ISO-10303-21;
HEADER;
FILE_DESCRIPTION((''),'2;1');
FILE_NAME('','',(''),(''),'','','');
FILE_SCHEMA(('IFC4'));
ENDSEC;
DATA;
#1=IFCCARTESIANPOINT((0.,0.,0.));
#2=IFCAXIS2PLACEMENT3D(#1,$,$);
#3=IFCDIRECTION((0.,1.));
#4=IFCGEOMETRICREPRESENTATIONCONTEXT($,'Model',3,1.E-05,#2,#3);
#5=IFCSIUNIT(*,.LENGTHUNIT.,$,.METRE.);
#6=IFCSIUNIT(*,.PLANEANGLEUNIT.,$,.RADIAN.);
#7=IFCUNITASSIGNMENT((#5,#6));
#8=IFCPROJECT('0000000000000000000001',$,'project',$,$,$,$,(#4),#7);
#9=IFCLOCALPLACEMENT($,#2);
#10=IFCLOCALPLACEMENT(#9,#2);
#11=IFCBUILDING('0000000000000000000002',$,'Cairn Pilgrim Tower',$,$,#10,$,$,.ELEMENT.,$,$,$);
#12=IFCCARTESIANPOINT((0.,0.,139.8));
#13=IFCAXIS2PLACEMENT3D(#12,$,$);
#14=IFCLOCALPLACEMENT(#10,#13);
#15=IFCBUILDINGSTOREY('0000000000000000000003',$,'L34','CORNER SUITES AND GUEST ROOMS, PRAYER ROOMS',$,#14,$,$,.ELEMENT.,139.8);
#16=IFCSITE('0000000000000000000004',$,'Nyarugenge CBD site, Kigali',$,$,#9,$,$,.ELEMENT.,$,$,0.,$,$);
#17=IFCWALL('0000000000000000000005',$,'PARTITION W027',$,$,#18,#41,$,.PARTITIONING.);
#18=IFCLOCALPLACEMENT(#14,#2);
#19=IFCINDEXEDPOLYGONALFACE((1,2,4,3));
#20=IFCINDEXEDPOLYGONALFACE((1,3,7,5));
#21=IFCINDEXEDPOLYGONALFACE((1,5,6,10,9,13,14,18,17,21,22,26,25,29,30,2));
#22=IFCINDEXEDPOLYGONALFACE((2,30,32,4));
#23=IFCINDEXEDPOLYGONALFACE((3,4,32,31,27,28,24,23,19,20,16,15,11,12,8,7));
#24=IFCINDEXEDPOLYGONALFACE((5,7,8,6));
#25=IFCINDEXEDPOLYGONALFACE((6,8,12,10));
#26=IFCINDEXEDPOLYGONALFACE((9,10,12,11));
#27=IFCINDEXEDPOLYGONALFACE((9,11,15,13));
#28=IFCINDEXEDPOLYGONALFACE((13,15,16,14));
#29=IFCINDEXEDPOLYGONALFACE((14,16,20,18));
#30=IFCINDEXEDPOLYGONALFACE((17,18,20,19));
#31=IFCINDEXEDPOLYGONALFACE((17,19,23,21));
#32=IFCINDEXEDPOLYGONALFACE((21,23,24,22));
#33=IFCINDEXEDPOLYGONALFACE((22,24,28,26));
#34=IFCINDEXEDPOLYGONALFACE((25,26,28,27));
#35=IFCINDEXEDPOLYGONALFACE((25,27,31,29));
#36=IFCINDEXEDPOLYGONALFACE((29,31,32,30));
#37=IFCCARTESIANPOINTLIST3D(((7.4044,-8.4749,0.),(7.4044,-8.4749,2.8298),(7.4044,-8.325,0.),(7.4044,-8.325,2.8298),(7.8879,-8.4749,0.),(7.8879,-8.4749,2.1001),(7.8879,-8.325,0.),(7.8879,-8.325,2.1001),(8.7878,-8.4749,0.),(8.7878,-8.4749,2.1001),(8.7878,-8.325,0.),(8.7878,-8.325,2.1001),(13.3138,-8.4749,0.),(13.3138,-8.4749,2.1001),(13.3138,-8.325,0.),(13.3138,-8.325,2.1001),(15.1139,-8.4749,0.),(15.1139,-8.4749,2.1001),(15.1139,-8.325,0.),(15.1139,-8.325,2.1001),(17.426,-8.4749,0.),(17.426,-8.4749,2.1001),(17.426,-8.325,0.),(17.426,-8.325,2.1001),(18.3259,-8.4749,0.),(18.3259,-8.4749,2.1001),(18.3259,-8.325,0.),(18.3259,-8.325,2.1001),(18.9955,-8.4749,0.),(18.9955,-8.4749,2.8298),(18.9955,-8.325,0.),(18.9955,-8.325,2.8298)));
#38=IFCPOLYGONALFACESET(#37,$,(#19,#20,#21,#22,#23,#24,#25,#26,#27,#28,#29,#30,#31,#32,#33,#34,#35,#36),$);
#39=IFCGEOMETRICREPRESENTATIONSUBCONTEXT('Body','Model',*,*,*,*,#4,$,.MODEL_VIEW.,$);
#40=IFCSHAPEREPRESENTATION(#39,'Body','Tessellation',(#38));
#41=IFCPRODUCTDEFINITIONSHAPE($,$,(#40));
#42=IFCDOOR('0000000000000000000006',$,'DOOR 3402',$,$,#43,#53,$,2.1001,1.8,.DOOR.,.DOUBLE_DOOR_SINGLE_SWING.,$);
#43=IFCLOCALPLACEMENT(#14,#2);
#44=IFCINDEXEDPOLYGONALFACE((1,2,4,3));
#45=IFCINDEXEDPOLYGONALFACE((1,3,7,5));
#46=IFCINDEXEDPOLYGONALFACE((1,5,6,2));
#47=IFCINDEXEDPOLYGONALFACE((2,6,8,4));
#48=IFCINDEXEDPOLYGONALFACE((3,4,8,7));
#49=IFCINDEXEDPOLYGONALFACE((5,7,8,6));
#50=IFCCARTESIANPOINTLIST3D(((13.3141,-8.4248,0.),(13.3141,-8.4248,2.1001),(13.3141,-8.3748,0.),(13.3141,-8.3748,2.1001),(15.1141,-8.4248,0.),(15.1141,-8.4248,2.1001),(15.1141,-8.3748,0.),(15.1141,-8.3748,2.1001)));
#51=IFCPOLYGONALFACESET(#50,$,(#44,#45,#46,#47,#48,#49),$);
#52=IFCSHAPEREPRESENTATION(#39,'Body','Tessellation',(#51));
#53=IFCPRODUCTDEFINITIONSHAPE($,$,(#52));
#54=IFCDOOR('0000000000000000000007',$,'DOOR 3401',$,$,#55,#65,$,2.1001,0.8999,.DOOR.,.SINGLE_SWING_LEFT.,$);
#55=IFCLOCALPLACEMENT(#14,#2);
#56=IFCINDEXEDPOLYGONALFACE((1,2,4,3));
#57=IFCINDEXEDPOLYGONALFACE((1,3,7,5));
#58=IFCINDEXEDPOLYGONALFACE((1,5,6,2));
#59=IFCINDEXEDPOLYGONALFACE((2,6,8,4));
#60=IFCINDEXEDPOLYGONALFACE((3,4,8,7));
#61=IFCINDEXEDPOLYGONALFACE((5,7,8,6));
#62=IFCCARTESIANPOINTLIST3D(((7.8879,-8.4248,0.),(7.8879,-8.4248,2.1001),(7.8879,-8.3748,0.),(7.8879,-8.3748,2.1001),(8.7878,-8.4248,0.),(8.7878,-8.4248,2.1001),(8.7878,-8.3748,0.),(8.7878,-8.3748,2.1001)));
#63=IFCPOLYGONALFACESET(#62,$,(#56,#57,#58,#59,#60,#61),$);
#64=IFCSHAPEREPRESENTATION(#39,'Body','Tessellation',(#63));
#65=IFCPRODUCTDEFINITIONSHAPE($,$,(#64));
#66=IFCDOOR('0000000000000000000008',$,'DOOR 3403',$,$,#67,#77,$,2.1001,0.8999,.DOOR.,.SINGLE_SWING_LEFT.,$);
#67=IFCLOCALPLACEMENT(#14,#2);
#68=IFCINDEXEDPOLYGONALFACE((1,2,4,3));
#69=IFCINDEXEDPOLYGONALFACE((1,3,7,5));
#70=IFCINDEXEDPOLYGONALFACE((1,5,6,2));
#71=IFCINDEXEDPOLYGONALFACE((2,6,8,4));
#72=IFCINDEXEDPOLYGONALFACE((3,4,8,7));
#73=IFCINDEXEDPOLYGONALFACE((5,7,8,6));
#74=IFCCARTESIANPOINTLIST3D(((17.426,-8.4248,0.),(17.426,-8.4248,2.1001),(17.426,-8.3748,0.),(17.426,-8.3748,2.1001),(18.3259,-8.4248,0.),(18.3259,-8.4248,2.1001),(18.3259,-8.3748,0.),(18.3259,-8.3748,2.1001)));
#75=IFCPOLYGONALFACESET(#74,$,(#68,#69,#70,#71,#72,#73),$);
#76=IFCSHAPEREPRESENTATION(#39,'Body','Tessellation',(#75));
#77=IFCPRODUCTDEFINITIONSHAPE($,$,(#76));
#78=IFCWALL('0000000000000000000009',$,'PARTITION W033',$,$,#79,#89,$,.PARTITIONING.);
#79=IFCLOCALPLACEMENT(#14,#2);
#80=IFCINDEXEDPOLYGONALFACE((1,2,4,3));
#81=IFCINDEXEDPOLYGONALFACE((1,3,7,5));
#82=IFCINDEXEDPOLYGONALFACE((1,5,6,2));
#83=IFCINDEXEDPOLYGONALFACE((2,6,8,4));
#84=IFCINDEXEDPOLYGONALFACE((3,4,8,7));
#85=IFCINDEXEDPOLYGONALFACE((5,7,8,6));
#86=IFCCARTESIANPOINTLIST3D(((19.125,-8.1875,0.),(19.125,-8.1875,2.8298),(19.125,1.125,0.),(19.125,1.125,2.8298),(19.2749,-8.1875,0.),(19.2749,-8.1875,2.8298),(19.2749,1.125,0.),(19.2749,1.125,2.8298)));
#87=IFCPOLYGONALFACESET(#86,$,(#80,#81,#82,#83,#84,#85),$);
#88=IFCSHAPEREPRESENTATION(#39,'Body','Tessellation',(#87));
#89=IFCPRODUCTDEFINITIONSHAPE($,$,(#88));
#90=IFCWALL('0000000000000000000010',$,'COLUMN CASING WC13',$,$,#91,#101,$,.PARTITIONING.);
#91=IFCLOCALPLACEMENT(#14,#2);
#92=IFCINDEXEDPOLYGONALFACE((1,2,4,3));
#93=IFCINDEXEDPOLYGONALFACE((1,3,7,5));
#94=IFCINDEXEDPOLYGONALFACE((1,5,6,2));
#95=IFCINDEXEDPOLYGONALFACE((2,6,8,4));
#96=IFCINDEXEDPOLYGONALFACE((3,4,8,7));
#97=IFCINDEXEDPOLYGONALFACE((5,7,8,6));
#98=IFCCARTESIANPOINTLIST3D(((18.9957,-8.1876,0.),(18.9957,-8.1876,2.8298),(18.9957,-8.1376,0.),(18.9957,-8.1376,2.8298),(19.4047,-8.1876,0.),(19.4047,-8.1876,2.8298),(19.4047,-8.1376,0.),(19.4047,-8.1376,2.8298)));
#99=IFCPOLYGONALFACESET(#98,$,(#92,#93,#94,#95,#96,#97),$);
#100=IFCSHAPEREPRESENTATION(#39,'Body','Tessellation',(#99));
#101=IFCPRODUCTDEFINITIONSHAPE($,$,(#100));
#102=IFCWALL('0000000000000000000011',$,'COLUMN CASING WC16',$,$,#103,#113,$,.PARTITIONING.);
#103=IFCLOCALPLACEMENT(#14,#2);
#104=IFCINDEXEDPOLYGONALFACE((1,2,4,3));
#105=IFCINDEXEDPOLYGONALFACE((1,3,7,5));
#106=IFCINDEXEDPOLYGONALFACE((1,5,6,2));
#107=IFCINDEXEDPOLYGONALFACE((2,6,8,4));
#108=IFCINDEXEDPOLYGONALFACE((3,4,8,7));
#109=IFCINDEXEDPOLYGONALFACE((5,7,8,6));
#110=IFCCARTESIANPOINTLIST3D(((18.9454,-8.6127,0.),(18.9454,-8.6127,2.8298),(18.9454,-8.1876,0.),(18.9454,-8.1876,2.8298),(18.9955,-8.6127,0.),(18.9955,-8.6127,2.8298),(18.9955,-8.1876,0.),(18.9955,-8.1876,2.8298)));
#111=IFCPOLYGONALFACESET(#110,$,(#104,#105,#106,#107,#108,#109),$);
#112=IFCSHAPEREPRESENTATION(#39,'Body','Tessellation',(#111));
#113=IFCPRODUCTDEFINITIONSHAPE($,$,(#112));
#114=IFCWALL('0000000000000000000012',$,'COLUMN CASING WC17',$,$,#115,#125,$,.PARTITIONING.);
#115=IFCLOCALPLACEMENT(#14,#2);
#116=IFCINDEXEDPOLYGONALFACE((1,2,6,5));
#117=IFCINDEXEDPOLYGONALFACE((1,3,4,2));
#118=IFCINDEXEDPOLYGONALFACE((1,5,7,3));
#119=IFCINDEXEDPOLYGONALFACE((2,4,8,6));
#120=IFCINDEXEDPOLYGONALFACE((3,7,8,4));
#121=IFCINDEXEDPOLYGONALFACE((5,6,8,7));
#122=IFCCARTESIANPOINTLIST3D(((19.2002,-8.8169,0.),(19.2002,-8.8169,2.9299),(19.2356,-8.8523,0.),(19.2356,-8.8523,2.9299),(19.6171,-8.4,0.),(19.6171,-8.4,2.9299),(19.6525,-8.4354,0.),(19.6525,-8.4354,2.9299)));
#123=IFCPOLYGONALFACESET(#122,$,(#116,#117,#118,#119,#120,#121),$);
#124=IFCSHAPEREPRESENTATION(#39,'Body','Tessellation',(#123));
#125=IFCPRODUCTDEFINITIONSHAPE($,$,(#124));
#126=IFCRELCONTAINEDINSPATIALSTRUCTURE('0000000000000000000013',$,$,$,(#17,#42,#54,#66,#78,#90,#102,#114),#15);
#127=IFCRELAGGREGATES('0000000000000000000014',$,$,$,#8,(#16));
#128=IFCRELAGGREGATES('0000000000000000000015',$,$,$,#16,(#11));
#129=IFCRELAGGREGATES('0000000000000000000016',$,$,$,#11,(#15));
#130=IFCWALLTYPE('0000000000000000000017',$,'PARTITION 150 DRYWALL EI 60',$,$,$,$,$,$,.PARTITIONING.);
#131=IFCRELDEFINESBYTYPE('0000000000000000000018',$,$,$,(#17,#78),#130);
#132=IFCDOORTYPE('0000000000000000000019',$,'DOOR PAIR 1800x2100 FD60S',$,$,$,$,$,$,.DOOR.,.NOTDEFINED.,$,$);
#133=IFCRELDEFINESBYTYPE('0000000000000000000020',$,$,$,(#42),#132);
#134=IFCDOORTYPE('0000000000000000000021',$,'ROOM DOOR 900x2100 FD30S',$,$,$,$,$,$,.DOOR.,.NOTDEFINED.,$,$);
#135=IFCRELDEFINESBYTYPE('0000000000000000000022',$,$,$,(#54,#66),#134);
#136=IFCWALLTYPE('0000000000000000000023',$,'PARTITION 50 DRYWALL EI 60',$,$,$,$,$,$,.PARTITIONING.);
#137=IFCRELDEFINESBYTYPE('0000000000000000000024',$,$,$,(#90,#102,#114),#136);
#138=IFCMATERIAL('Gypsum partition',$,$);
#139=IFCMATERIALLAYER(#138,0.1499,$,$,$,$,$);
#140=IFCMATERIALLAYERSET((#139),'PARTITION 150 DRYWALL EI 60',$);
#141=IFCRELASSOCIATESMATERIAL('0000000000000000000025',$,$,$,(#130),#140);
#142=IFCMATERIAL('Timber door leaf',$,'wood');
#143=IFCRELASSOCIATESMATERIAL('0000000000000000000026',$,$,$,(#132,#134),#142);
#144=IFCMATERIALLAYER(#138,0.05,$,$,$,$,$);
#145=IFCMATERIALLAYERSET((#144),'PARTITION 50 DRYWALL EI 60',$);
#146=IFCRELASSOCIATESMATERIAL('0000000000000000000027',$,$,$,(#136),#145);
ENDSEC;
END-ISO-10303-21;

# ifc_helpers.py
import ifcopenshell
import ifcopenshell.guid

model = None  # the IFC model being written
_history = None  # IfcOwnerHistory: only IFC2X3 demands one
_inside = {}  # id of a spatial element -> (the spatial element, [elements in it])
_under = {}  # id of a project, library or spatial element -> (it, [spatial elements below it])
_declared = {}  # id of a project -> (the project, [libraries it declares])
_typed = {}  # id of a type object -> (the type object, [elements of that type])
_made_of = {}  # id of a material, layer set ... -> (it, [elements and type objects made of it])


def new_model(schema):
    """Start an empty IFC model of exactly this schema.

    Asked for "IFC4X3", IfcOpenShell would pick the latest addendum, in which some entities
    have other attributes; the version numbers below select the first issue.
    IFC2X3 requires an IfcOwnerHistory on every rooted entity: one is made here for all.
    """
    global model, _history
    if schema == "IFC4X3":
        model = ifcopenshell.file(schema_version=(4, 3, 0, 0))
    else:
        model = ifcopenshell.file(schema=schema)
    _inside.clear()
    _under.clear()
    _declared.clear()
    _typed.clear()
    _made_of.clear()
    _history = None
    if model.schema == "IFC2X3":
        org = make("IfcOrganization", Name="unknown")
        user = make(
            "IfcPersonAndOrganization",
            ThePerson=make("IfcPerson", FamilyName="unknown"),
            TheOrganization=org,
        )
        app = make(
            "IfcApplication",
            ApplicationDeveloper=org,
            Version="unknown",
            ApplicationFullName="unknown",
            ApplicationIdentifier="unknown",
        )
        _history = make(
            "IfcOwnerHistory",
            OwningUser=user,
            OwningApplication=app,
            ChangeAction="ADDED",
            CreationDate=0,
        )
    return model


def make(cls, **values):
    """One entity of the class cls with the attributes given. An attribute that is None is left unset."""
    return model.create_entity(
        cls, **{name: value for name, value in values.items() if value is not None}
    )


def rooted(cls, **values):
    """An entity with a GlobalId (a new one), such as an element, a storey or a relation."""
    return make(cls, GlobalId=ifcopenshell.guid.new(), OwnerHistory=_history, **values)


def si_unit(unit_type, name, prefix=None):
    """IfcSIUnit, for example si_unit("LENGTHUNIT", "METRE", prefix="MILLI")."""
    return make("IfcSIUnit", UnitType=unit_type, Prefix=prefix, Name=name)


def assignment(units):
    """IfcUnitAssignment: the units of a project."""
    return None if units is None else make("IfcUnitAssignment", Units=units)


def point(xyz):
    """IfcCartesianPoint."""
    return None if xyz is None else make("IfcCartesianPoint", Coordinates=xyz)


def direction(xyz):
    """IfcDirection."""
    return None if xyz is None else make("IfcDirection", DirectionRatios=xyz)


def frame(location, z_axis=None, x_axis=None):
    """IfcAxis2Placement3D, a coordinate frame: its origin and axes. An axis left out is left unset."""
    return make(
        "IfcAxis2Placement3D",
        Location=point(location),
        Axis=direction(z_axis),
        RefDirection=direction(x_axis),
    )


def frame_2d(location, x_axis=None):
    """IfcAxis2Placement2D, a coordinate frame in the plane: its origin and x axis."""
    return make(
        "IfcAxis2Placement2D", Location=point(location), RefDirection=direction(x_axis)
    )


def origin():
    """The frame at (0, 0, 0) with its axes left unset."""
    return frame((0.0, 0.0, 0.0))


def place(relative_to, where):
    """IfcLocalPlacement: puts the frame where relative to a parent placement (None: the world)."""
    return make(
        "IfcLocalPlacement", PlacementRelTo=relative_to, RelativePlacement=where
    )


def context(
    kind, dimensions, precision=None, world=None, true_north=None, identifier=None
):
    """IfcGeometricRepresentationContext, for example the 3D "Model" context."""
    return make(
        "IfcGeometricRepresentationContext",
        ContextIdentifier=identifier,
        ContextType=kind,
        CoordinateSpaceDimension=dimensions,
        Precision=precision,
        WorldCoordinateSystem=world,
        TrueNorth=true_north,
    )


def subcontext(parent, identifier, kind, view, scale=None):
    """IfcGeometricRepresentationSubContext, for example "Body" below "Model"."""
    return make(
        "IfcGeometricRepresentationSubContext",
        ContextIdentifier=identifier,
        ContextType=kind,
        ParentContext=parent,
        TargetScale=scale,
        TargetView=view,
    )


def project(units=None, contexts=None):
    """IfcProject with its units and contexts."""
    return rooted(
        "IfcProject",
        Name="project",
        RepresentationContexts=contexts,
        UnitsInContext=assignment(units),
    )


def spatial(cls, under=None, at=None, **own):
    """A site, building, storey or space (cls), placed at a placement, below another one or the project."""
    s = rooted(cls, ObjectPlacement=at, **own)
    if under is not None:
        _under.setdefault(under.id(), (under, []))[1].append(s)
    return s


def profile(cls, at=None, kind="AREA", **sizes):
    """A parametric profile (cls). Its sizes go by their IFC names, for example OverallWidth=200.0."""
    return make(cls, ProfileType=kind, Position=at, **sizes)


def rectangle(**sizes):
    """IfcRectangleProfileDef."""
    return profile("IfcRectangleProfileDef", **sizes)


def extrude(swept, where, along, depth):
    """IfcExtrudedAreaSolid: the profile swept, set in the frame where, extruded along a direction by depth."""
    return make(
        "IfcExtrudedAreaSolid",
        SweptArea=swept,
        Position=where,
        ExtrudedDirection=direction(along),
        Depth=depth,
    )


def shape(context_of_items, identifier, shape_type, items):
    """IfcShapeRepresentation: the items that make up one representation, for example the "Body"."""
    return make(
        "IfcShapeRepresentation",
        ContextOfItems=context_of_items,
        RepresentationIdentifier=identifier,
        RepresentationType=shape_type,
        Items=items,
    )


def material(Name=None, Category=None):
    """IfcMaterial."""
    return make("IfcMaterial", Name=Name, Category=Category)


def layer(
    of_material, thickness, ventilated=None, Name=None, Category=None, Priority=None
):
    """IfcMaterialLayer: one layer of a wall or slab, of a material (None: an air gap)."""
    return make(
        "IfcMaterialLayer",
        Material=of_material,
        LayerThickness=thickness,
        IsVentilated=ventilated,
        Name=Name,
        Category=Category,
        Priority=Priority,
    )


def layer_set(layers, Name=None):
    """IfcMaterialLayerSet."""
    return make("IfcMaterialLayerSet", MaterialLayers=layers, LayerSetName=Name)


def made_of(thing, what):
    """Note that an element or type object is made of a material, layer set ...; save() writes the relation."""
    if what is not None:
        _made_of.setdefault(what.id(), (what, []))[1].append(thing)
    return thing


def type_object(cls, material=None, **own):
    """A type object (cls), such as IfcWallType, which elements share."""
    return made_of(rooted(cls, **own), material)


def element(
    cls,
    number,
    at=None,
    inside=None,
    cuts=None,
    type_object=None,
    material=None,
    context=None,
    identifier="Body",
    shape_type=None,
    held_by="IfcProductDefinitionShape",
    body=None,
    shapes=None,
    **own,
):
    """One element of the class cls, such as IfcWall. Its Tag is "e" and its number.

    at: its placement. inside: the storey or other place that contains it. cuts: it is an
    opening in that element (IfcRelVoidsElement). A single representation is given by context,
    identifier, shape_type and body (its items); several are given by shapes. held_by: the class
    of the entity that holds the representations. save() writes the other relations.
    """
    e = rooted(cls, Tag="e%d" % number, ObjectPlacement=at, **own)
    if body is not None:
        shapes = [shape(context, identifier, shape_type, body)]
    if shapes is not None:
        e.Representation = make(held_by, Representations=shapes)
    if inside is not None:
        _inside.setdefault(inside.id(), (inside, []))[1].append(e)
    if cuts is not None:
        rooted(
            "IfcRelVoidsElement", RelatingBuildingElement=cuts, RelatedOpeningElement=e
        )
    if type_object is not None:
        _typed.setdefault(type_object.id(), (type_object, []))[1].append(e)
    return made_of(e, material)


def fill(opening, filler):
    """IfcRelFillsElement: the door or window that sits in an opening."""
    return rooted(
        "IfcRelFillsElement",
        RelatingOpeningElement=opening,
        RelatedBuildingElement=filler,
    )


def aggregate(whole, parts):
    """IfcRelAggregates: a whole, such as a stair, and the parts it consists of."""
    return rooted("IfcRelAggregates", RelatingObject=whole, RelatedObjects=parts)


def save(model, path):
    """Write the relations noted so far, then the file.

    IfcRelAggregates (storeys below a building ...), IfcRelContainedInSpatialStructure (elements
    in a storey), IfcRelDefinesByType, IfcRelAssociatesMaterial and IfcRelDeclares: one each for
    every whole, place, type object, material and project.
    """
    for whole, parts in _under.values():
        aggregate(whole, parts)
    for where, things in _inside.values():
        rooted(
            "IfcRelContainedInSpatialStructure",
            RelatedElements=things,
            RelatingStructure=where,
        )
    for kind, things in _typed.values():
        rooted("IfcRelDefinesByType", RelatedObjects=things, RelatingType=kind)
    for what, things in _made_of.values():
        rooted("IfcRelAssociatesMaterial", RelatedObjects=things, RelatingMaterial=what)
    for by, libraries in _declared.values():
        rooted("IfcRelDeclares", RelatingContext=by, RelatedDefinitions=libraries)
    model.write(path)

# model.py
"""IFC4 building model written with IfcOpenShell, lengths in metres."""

from ifc_helpers import new_model, si_unit, direction, frame, frame_2d, origin, place, context, subcontext, project, spatial, rectangle, extrude, material, layer, layer_set, type_object, element, fill, save


model = new_model("IFC4")

# Units and contexts
model_context = context("Model", 3, precision=1e-05, world=origin(), true_north=direction((0.0, 1.0)))
body_context = subcontext(model_context, "Body", "Model", "MODEL_VIEW")
ifc_project = project(units=[si_unit("LENGTHUNIT", "METRE"), si_unit("PLANEANGLEUNIT", "RADIAN")], contexts=[model_context])

# Site, building, storey
site_placement = place(None, origin())
site = spatial("IfcSite", under=ifc_project, at=site_placement, Name="Nyarugenge CBD site, Kigali", CompositionType="ELEMENT", RefElevation=0.0)
building_placement = place(site_placement, origin())
building = spatial("IfcBuilding", under=site, at=building_placement, Name="Cairn Pilgrim Tower", CompositionType="ELEMENT")
storey_placement = place(building_placement, frame((0.0, 0.0, 139.8)))
storey = spatial("IfcBuildingStorey", under=building, at=storey_placement, Name="L34", Description="CORNER SUITES AND GUEST ROOMS, PRAYER ROOMS", CompositionType="ELEMENT", Elevation=139.8)

# Shared definitions
ifc_material_1 = material(Name="Gypsum partition")
ifc_material_2 = material(Name="Timber door leaf", Category="wood")

# Wall, openings, doors
ifc_layer_1 = layer(ifc_material_1, 0.1499)
ifc_layer_set_1 = layer_set([ifc_layer_1], Name="PARTITION 150 DRYWALL EI 60")
wall_type_1 = type_object("IfcWallType", Name="PARTITION 150 DRYWALL EI 60", PredefinedType="PARTITIONING", material=ifc_layer_set_1)
wall_1_placement = place(storey_placement, frame((7.4045, -8.3999, 0.0), z_axis=(0.0, 0.0, 1.0), x_axis=(1.0, 0.0, 0.0)))
wall_1 = element("IfcWall", 1, at=wall_1_placement, inside=storey, type_object=wall_type_1, Name="PARTITION W027", PredefinedType="PARTITIONING", context=body_context, shape_type="SweptSolid", body=[
    extrude(rectangle(XDim=11.5911, YDim=0.1499, at=frame_2d((5.7954, 0.0))), origin(), (0.0, 0.0, 1.0), 2.8298),
])
opening_1_placement = place(wall_1_placement, frame((0.4834, 0.0, 0.0)))
opening_1 = element("IfcOpeningElement", 2, at=opening_1_placement, cuts=wall_1, PredefinedType="OPENING", context=body_context, shape_type="SweptSolid", body=[
    extrude(rectangle(XDim=0.8999, YDim=2.1001, at=frame_2d((0.45, 1.05))), frame((0.0, 0.085, 0.0), z_axis=(0.0, -1.0, 0.0), x_axis=(1.0, 0.0, 0.0)), (0.0, 0.0, 1.0), 0.1699),
])
opening_2_placement = place(wall_1_placement, frame((5.9094, 0.0, 0.0)))
opening_2 = element("IfcOpeningElement", 3, at=opening_2_placement, cuts=wall_1, PredefinedType="OPENING", context=body_context, shape_type="SweptSolid", body=[
    extrude(rectangle(XDim=1.8, YDim=2.1001, at=frame_2d((0.8999, 1.05))), frame((0.0, 0.085, 0.0), z_axis=(0.0, -1.0, 0.0), x_axis=(1.0, 0.0, 0.0)), (0.0, 0.0, 1.0), 0.1699),
])
opening_3_placement = place(wall_1_placement, frame((10.0215, 0.0, 0.0)))
opening_3 = element("IfcOpeningElement", 4, at=opening_3_placement, cuts=wall_1, PredefinedType="OPENING", context=body_context, shape_type="SweptSolid", body=[
    extrude(rectangle(XDim=0.8999, YDim=2.1001, at=frame_2d((0.45, 1.05))), frame((0.0, 0.085, 0.0), z_axis=(0.0, -1.0, 0.0), x_axis=(1.0, 0.0, 0.0)), (0.0, 0.0, 1.0), 0.1699),
])
door_type_1 = type_object("IfcDoorType", Name="DOOR PAIR 1800x2100 FD60S", OperationType="NOTDEFINED", PredefinedType="DOOR", material=ifc_material_2)
door_1_placement = place(opening_2_placement, frame((1.8, 0.0, 0.0), z_axis=(0.0, 0.0, 1.0), x_axis=(-1.0, 0.0, 0.0)))
door_1 = element("IfcDoor", 5, at=door_1_placement, inside=storey, type_object=door_type_1, Name="DOOR 3402", OperationType="DOUBLE_DOOR_SINGLE_SWING", OverallHeight=2.1001, OverallWidth=1.8, PredefinedType="DOOR", context=body_context, shape_type="SweptSolid", body=[
    extrude(rectangle(XDim=1.8, YDim=2.1001, at=frame_2d((0.8999, 1.05))), frame((0.0, 0.0249, 0.0), z_axis=(0.0, -1.0, 0.0), x_axis=(1.0, 0.0, 0.0)), (0.0, 0.0, 1.0), 0.05),
])
fill(opening_2, door_1)
door_type_2 = type_object("IfcDoorType", Name="ROOM DOOR 900x2100 FD30S", OperationType="NOTDEFINED", PredefinedType="DOOR", material=ifc_material_2)
door_2_placement = place(opening_1_placement, frame((0.8999, 0.0, 0.0), z_axis=(0.0, 0.0, 1.0), x_axis=(-1.0, 0.0, 0.0)))
door_2 = element("IfcDoor", 6, at=door_2_placement, inside=storey, type_object=door_type_2, Name="DOOR 3401", OperationType="SINGLE_SWING_LEFT", OverallHeight=2.1001, OverallWidth=0.8999, PredefinedType="DOOR", context=body_context, shape_type="SweptSolid", body=[
    extrude(rectangle(XDim=0.8999, YDim=2.1001, at=frame_2d((0.45, 1.05))), frame((0.0, 0.0249, 0.0), z_axis=(0.0, -1.0, 0.0), x_axis=(1.0, 0.0, 0.0)), (0.0, 0.0, 1.0), 0.05),
])
fill(opening_1, door_2)
door_3_placement = place(opening_3_placement, frame((0.8999, 0.0, 0.0), z_axis=(0.0, 0.0, 1.0), x_axis=(-1.0, 0.0, 0.0)))
door_3 = element("IfcDoor", 7, at=door_3_placement, inside=storey, type_object=door_type_2, Name="DOOR 3403", OperationType="SINGLE_SWING_LEFT", OverallHeight=2.1001, OverallWidth=0.8999, PredefinedType="DOOR", context=body_context, shape_type="SweptSolid", body=[
    extrude(rectangle(XDim=0.8999, YDim=2.1001, at=frame_2d((0.45, 1.05))), frame((0.0, 0.0249, 0.0), z_axis=(0.0, -1.0, 0.0), x_axis=(1.0, 0.0, 0.0)), (0.0, 0.0, 1.0), 0.05),
])
fill(opening_3, door_3)

# Walls
wall_2_placement = place(storey_placement, frame((19.2, -8.1875, 0.0), z_axis=(0.0, 0.0, 1.0), x_axis=(0.0, 1.0, 0.0)))
element("IfcWall", 8, at=wall_2_placement, inside=storey, type_object=wall_type_1, Name="PARTITION W033", PredefinedType="PARTITIONING", context=body_context, shape_type="SweptSolid", body=[
    extrude(rectangle(XDim=9.3125, YDim=0.1499, at=frame_2d((4.6562, 0.0))), origin(), (0.0, 0.0, 1.0), 2.8298),
])
ifc_layer_2 = layer(ifc_material_1, 0.05)
ifc_layer_set_2 = layer_set([ifc_layer_2], Name="PARTITION 50 DRYWALL EI 60")
wall_type_2 = type_object("IfcWallType", Name="PARTITION 50 DRYWALL EI 60", PredefinedType="PARTITIONING", material=ifc_layer_set_2)
wall_3_placement = place(storey_placement, frame((18.9956, -8.1626, 0.0), z_axis=(0.0, 0.0, 1.0), x_axis=(1.0, 0.0, 0.0)))
element("IfcWall", 9, at=wall_3_placement, inside=storey, type_object=wall_type_2, Name="COLUMN CASING WC13", PredefinedType="PARTITIONING", context=body_context, shape_type="SweptSolid", body=[
    extrude(rectangle(XDim=0.4089, YDim=0.05, at=frame_2d((0.2046, 0.0))), origin(), (0.0, 0.0, 1.0), 2.8298),
])
wall_4_placement = place(storey_placement, frame((18.9705, -8.6125, 0.0), z_axis=(0.0, 0.0, 1.0), x_axis=(0.0, 1.0, 0.0)))
element("IfcWall", 10, at=wall_4_placement, inside=storey, type_object=wall_type_2, Name="COLUMN CASING WC16", PredefinedType="PARTITIONING", context=body_context, shape_type="SweptSolid", body=[
    extrude(rectangle(XDim=0.425, YDim=0.05, at=frame_2d((0.2124, 0.0))), origin(), (0.0, 0.0, 1.0), 2.8298),
])
wall_5_placement = place(storey_placement, frame((19.2178, -8.8347, 0.0), z_axis=(0.0, 0.0, 1.0), x_axis=(0.707107, 0.707107, 0.0)))
element("IfcWall", 11, at=wall_5_placement, inside=storey, type_object=wall_type_2, Name="COLUMN CASING WC17", PredefinedType="PARTITIONING", context=body_context, shape_type="SweptSolid", body=[
    extrude(rectangle(XDim=0.5896, YDim=0.05, at=frame_2d((0.2949, 0.0))), origin(), (0.0, 0.0, 1.0), 2.9299),
])

save(model, "model.ifc")
